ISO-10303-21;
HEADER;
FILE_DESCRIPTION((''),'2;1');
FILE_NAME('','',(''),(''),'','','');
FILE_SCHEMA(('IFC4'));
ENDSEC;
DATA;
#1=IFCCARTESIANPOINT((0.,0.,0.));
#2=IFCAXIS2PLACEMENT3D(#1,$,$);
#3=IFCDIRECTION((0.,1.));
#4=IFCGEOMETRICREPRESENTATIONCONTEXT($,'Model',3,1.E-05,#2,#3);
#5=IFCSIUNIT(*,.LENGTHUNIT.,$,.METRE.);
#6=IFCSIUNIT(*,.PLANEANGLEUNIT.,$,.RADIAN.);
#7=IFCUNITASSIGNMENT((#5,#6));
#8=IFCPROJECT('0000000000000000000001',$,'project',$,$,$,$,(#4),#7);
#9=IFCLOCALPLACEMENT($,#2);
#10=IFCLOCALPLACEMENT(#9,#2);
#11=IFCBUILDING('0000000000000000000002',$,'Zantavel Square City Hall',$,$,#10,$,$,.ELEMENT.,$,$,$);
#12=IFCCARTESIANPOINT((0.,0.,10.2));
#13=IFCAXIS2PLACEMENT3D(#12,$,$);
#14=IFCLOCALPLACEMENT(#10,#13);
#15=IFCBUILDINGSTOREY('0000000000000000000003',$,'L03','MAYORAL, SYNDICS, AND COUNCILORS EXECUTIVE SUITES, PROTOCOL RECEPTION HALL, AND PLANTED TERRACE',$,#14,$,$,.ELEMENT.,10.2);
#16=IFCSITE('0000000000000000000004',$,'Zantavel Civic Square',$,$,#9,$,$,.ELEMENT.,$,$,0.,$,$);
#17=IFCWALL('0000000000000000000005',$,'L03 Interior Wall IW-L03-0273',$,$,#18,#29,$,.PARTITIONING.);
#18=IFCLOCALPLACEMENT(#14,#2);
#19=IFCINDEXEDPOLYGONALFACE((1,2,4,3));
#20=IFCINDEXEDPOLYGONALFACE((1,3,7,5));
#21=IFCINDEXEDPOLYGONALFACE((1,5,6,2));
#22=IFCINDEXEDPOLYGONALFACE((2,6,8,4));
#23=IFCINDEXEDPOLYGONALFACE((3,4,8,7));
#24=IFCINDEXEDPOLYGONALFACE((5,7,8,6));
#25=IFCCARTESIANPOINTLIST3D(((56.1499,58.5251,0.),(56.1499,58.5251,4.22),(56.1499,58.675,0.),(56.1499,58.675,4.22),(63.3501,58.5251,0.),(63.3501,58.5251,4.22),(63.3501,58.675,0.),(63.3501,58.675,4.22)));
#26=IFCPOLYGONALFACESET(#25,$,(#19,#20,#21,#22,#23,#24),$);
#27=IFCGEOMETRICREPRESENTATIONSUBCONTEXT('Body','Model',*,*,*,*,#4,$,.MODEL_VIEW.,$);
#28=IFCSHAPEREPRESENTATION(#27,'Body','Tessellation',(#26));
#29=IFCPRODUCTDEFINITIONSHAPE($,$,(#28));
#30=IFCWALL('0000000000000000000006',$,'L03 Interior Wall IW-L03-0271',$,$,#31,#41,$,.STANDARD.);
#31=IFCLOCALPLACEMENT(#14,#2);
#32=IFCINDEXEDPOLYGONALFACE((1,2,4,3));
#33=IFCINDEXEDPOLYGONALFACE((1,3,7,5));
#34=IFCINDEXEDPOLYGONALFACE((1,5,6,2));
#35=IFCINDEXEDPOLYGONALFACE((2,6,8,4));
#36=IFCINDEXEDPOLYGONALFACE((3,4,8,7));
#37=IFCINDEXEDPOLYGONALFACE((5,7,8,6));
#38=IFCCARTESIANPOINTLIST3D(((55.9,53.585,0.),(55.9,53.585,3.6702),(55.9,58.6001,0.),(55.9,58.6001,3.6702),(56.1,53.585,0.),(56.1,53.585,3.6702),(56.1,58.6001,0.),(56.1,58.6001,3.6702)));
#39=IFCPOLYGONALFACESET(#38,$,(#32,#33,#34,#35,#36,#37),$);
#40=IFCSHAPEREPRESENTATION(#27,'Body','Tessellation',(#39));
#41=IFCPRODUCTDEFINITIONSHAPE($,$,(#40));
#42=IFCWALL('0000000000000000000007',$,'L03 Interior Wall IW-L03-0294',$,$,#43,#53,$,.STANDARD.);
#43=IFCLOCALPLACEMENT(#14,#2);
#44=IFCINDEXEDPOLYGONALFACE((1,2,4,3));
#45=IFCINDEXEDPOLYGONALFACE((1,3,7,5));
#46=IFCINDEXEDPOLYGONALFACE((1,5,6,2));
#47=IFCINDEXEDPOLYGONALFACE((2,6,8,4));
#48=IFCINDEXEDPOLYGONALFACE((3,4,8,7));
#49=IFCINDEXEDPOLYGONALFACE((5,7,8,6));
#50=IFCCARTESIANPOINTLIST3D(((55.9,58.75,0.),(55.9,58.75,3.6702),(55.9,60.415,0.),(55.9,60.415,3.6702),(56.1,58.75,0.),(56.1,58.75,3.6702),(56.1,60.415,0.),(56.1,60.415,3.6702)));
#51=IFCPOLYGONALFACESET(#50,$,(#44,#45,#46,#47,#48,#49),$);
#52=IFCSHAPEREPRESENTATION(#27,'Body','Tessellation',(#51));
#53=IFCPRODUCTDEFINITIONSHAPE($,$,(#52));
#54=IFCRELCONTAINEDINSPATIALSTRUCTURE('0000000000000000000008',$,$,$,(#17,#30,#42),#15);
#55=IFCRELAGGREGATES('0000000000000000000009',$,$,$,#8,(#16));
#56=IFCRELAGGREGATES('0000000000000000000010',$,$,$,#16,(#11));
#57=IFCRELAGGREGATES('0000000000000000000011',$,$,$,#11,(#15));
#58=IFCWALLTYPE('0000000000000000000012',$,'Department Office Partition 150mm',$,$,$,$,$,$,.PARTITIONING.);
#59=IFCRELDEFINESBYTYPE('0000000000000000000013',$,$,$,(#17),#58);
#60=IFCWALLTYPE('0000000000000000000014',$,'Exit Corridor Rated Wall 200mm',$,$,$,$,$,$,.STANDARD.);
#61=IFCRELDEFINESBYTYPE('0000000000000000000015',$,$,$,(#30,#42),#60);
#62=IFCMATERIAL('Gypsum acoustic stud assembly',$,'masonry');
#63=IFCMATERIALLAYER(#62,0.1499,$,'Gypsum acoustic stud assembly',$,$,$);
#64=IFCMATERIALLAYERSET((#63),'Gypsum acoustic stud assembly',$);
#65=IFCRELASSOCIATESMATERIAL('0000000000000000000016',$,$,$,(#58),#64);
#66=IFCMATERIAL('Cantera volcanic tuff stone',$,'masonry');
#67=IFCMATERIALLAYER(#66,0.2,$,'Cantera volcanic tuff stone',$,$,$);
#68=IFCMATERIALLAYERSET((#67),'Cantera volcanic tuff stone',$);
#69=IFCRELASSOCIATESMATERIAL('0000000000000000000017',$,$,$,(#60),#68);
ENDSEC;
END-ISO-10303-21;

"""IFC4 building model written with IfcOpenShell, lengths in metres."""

from ifc_helpers import new_model, si_unit, direction, frame, frame_2d, origin, place, context, subcontext, project, spatial, rectangle, extrude, material, layer, layer_set, type_object, element, save


model = new_model("IFC4")

# Units and contexts
model_context = context("Model", 3, precision=1e-05, world=origin(), true_north=direction((0.0, 1.0)))
body_context = subcontext(model_context, "Body", "Model", "MODEL_VIEW")
ifc_project = project(units=[si_unit("LENGTHUNIT", "METRE"), si_unit("PLANEANGLEUNIT", "RADIAN")], contexts=[model_context])

# Site, building, storey
site_placement = place(None, origin())
site = spatial("IfcSite", under=ifc_project, at=site_placement, Name="Zantavel Civic Square", CompositionType="ELEMENT", RefElevation=0.0)
building_placement = place(site_placement, origin())
building = spatial("IfcBuilding", under=site, at=building_placement, Name="Zantavel Square City Hall", CompositionType="ELEMENT")
storey_placement = place(building_placement, frame((0.0, 0.0, 10.2)))
storey = spatial("IfcBuildingStorey", under=building, at=storey_placement, Name="L03", Description="MAYORAL, SYNDICS, AND COUNCILORS EXECUTIVE SUITES, PROTOCOL RECEPTION HALL, AND PLANTED TERRACE", CompositionType="ELEMENT", Elevation=10.2)

# Walls
ifc_material_1 = material(Name="Gypsum acoustic stud assembly", Category="masonry")
ifc_layer_1 = layer(ifc_material_1, 0.1499, Name="Gypsum acoustic stud assembly")
ifc_layer_set_1 = layer_set([ifc_layer_1], Name="Gypsum acoustic stud assembly")
wall_type_1 = type_object("IfcWallType", Name="Department Office Partition 150mm", PredefinedType="PARTITIONING", material=ifc_layer_set_1)
wall_1_placement = place(storey_placement, frame((56.1499, 58.6001, 0.0), z_axis=(0.0, 0.0, 1.0), x_axis=(1.0, 0.0, 0.0)))
element("IfcWall", 1, at=wall_1_placement, inside=storey, type_object=wall_type_1, Name="L03 Interior Wall IW-L03-0273", PredefinedType="PARTITIONING", context=body_context, shape_type="SweptSolid", body=[
    extrude(rectangle(XDim=7.2002, YDim=0.1499, at=frame_2d((3.6001, 0.0))), origin(), (0.0, 0.0, 1.0), 4.22),
])
ifc_material_2 = material(Name="Cantera volcanic tuff stone", Category="masonry")
ifc_layer_2 = layer(ifc_material_2, 0.2, Name="Cantera volcanic tuff stone")
ifc_layer_set_2 = layer_set([ifc_layer_2], Name="Cantera volcanic tuff stone")
wall_type_2 = type_object("IfcWallType", Name="Exit Corridor Rated Wall 200mm", PredefinedType="STANDARD", material=ifc_layer_set_2)
wall_2_placement = place(storey_placement, frame((56.0, 53.585, 0.0), z_axis=(0.0, 0.0, 1.0), x_axis=(0.0, 1.0, 0.0)))
element("IfcWall", 2, at=wall_2_placement, inside=storey, type_object=wall_type_2, Name="L03 Interior Wall IW-L03-0271", PredefinedType="STANDARD", context=body_context, shape_type="SweptSolid", body=[
    extrude(rectangle(XDim=5.0151, YDim=0.2, at=frame_2d((2.5076, 0.0))), origin(), (0.0, 0.0, 1.0), 3.6702),
])
wall_3_placement = place(storey_placement, frame((56.0, 60.415, 0.0), z_axis=(0.0, 0.0, 1.0), x_axis=(0.0, -1.0, 0.0)))
element("IfcWall", 3, at=wall_3_placement, inside=storey, type_object=wall_type_2, Name="L03 Interior Wall IW-L03-0294", PredefinedType="STANDARD", context=body_context, shape_type="SweptSolid", body=[
    extrude(rectangle(XDim=1.665, YDim=0.2, at=frame_2d((0.8325, 0.0))), origin(), (0.0, 0.0, 1.0), 3.6702),
])

save(model, "model.ifc")
